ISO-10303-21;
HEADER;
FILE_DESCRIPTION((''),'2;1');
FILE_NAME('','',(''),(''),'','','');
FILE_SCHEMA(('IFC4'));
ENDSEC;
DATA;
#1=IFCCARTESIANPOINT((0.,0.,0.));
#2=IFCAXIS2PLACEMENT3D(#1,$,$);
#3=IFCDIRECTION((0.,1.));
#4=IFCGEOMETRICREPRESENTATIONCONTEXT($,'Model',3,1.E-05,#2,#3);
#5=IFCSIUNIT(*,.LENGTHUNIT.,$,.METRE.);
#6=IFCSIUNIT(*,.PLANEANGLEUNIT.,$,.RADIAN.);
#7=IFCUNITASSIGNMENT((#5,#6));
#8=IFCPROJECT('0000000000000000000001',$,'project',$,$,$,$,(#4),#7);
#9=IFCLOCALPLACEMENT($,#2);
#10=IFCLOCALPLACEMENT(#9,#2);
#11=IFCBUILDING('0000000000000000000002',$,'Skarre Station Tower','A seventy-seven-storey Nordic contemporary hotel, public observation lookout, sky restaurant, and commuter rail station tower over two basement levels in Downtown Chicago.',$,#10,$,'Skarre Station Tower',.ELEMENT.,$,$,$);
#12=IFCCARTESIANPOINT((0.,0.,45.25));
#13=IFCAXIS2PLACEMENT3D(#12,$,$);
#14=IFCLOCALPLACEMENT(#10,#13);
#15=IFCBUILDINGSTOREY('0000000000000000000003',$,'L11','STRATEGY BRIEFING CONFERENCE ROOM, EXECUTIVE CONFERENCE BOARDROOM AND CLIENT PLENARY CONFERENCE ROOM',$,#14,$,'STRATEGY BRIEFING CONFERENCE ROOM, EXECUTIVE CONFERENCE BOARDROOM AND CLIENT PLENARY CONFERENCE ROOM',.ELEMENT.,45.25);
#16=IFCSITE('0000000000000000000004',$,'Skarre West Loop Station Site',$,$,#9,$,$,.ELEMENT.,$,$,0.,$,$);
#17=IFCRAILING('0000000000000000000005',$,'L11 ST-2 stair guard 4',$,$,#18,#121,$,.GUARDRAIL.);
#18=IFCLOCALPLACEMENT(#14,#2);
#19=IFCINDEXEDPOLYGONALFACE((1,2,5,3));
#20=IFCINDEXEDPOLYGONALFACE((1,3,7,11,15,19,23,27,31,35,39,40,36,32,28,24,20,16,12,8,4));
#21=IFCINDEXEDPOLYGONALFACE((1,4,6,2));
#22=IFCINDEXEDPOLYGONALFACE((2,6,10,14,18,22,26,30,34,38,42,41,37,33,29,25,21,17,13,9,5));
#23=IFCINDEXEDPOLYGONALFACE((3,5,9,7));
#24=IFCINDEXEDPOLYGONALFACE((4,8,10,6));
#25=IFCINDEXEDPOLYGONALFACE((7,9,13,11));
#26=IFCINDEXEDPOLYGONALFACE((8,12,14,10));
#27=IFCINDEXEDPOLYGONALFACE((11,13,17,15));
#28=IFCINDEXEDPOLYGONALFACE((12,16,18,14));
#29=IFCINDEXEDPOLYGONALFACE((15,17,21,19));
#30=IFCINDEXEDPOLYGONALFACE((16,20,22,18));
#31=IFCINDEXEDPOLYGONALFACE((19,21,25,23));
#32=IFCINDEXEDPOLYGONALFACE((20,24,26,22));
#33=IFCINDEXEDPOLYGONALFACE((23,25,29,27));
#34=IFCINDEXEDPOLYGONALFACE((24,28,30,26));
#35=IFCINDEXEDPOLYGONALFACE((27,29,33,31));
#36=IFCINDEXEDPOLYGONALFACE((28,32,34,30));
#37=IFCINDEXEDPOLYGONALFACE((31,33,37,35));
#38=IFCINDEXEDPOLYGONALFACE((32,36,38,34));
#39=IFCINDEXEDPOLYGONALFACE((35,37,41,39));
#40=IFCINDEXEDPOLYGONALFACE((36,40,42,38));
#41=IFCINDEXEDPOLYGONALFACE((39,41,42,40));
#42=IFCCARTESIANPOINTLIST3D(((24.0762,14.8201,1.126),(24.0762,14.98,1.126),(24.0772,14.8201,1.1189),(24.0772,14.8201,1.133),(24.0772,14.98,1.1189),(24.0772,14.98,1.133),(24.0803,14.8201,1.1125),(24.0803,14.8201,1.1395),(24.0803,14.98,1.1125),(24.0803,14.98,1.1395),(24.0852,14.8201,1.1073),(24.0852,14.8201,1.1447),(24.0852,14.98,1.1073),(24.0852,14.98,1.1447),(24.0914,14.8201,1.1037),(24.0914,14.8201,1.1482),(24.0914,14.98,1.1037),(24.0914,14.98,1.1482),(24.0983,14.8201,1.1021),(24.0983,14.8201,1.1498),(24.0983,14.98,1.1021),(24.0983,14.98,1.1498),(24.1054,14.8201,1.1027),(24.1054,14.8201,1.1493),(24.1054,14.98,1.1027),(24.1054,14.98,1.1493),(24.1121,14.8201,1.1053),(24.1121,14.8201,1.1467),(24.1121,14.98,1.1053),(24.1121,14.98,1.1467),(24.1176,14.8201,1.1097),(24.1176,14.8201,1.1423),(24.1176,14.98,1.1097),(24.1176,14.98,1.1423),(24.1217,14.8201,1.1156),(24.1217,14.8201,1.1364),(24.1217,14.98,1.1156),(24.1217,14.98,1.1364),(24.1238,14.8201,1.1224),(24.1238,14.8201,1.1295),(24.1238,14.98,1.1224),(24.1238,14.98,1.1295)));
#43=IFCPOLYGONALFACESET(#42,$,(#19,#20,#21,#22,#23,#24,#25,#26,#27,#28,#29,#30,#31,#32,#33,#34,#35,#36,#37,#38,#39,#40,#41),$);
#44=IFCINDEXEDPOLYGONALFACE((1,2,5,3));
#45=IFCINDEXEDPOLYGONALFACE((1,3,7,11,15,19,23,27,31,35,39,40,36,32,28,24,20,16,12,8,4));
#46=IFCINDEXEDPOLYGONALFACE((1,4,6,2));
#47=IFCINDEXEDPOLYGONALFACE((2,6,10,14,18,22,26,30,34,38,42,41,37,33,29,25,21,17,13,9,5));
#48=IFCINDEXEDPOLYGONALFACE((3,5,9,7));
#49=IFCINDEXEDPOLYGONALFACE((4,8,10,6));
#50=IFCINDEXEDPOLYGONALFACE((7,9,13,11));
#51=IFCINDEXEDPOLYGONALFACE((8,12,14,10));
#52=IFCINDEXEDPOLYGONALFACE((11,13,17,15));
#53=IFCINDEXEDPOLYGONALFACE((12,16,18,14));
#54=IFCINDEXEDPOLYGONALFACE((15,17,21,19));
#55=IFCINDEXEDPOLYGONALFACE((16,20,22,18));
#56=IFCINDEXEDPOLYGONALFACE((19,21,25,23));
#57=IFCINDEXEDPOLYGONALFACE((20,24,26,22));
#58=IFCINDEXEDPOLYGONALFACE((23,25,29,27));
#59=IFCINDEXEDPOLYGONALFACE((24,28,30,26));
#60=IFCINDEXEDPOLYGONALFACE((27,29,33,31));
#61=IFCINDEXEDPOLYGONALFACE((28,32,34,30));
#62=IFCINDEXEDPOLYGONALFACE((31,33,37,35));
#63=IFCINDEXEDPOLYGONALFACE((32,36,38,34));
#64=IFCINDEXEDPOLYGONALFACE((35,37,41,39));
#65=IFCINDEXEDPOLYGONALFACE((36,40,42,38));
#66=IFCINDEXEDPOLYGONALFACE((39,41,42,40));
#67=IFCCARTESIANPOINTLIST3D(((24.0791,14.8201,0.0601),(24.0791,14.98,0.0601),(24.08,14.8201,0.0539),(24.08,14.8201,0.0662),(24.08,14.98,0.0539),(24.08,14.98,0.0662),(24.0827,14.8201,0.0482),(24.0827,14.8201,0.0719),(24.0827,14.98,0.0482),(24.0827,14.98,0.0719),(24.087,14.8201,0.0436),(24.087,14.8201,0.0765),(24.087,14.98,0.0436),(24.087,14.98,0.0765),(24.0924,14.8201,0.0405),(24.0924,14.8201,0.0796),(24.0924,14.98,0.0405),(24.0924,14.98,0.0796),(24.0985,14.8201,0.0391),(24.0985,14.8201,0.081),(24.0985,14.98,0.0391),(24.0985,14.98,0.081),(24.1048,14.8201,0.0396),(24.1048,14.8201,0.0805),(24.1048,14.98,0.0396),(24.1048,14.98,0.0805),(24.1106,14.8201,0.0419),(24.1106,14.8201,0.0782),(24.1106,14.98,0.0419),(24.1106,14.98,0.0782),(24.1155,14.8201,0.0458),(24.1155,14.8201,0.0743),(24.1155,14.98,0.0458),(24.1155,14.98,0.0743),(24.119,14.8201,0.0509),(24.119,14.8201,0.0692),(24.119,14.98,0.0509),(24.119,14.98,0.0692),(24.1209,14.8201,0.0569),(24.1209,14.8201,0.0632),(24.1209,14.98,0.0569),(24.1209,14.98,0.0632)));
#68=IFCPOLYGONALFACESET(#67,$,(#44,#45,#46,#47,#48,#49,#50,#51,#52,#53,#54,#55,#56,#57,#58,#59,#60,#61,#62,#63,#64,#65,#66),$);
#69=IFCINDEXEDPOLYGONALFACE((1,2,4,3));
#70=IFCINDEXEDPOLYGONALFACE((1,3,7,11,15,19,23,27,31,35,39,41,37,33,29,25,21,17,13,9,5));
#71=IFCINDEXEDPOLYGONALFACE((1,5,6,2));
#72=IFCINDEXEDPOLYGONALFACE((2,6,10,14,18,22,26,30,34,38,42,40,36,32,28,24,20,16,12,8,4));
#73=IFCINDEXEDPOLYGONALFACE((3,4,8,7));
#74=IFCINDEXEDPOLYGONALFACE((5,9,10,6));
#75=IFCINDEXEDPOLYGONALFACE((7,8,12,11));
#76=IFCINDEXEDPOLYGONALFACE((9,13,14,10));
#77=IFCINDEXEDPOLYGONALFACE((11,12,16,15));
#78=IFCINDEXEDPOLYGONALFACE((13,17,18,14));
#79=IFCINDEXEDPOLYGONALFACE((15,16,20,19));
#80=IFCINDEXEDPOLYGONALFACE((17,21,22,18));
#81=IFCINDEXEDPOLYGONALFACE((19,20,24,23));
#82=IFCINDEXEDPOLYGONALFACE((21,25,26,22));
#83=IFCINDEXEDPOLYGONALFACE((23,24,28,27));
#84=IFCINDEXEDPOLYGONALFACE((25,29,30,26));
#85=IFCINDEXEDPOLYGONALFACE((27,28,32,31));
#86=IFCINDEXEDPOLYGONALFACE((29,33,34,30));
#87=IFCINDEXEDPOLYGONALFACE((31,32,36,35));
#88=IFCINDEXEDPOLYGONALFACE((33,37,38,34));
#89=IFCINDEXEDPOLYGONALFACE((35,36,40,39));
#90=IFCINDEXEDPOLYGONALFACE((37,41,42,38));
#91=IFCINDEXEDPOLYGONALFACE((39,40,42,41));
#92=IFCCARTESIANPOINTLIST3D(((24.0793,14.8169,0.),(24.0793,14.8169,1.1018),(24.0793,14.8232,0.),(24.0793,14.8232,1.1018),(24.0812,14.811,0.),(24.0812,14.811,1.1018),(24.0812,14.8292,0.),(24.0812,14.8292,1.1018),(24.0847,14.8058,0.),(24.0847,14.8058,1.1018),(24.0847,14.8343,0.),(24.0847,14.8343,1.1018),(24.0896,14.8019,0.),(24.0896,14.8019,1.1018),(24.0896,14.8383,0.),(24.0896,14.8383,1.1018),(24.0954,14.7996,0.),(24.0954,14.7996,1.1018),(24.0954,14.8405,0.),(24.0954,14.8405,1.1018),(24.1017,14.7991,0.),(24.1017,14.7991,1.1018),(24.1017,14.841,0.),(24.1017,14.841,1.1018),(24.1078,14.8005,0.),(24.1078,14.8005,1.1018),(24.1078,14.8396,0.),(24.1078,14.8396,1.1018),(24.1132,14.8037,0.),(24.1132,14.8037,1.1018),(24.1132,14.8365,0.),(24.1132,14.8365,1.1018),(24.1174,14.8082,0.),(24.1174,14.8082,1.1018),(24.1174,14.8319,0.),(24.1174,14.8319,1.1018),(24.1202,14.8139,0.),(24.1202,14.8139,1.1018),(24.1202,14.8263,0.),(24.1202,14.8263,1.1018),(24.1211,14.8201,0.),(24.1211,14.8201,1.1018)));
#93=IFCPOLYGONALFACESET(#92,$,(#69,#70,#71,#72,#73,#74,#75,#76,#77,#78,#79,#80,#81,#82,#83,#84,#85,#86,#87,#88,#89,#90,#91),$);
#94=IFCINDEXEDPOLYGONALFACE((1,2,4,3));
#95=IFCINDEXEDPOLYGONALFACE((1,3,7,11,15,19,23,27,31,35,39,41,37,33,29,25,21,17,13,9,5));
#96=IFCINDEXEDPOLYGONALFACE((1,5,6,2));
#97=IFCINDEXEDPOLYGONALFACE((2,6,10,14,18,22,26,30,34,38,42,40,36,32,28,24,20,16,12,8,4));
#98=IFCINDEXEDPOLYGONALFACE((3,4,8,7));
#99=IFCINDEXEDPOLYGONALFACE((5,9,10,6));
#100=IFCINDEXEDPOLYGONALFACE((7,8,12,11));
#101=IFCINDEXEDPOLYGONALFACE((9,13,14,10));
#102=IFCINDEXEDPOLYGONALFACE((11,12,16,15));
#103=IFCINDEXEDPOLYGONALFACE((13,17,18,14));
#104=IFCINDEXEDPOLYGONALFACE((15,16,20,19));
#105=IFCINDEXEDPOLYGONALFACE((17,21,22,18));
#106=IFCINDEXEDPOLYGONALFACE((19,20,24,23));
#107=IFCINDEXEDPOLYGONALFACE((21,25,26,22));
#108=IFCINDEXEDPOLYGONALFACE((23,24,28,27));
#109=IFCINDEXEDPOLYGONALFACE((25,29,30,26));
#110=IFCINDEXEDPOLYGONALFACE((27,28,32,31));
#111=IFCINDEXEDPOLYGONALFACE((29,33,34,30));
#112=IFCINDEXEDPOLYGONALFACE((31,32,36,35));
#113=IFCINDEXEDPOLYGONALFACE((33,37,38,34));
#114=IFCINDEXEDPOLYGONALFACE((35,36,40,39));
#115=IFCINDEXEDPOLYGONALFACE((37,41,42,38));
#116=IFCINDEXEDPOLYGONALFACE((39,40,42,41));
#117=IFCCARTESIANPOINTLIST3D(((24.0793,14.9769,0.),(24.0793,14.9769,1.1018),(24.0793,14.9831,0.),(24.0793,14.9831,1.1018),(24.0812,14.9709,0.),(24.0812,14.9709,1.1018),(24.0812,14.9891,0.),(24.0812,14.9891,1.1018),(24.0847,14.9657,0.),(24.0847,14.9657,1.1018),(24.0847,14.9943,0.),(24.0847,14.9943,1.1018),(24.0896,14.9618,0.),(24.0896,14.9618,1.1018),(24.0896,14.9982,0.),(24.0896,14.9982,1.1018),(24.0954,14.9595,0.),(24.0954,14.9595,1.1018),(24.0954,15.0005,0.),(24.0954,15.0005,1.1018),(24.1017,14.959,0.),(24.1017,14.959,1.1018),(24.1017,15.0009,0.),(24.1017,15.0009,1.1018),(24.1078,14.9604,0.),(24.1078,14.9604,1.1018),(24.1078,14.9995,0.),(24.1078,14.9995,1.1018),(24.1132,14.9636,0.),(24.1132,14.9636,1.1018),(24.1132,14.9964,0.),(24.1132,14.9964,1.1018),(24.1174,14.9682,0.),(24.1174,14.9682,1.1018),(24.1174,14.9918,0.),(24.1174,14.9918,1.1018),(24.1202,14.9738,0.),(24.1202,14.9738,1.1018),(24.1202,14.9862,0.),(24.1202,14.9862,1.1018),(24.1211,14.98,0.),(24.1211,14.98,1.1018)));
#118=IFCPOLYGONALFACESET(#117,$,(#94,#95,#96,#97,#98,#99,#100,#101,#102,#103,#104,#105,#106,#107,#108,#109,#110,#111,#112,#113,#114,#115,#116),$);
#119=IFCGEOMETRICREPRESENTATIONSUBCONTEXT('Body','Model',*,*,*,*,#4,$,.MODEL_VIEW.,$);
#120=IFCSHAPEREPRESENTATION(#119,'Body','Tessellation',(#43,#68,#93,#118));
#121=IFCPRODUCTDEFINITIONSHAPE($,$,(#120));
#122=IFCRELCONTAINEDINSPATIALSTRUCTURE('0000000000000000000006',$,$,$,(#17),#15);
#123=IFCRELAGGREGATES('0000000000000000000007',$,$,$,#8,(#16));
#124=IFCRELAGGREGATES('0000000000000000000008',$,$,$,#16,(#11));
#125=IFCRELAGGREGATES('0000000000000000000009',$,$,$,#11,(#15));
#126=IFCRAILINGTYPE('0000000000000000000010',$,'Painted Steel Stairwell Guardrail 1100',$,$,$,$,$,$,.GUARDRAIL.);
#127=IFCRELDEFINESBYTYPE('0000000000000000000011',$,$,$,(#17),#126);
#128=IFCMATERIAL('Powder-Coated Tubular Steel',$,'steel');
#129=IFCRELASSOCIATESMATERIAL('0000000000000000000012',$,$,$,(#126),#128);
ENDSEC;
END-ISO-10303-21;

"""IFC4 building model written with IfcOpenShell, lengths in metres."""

from ifc_helpers import new_model, si_unit, direction, frame, origin, origin_2d, place, context, subcontext, project, spatial, circle, extrude, material, type_object, element, save


model = new_model("IFC4")

# Units and contexts
model_context = context("Model", 3, precision=1e-05, world=origin(), true_north=direction((0.0, 1.0)))
body_context = subcontext(model_context, "Body", "Model", "MODEL_VIEW")
ifc_project = project(units=[si_unit("LENGTHUNIT", "METRE"), si_unit("PLANEANGLEUNIT", "RADIAN")], contexts=[model_context])

# Site, building, storey
site_placement = place(None, origin())
site = spatial("IfcSite", under=ifc_project, at=site_placement, Name="Skarre West Loop Station Site", CompositionType="ELEMENT", RefElevation=0.0)
building_placement = place(site_placement, origin())
building = spatial("IfcBuilding", under=site, at=building_placement, Name="Skarre Station Tower", Description="A seventy-seven-storey Nordic contemporary hotel, public observation lookout, sky restaurant, and commuter rail station tower over two basement levels in Downtown Chicago.", LongName="Skarre Station Tower", CompositionType="ELEMENT")
storey_placement = place(building_placement, frame((0.0, 0.0, 45.25)))
storey = spatial("IfcBuildingStorey", under=building, at=storey_placement, Name="L11", Description="STRATEGY BRIEFING CONFERENCE ROOM, EXECUTIVE CONFERENCE BOARDROOM AND CLIENT PLENARY CONFERENCE ROOM", LongName="STRATEGY BRIEFING CONFERENCE ROOM, EXECUTIVE CONFERENCE BOARDROOM AND CLIENT PLENARY CONFERENCE ROOM", CompositionType="ELEMENT", Elevation=45.25)

# Railing
ifc_material_1 = material(Name="Powder-Coated Tubular Steel", Category="steel")
railing_type_1 = type_object("IfcRailingType", Name="Painted Steel Stairwell Guardrail 1100", PredefinedType="GUARDRAIL", material=ifc_material_1)
railing_1_placement = place(storey_placement, frame((24.1001, 14.8201, 0.0)))
element("IfcRailing", 1, at=railing_1_placement, inside=storey, type_object=railing_type_1, Name="L11 ST-2 stair guard 4", PredefinedType="GUARDRAIL", context=body_context, shape_type="SweptSolid", body=[
    extrude(circle(Radius=0.0239, at=origin_2d()), frame((0.0, 0.0, 1.126), z_axis=(0.0, 1.0, 0.0), x_axis=(-1.0, 0.0, 0.0)), (0.0, 0.0, 1.0), 0.1599),
    extrude(circle(Radius=0.021, at=origin_2d()), frame((0.0, 0.0, 0.0601), z_axis=(0.0, 1.0, 0.0), x_axis=(-1.0, 0.0, 0.0)), (0.0, 0.0, 1.0), 0.1599),
    extrude(circle(Radius=0.021, at=origin_2d()), origin(), (0.0, 0.0, 1.0), 1.1018),
    extrude(circle(Radius=0.021, at=origin_2d()), frame((0.0, 0.1599, 0.0)), (0.0, 0.0, 1.0), 1.1018),
])

save(model, "model.ifc")
